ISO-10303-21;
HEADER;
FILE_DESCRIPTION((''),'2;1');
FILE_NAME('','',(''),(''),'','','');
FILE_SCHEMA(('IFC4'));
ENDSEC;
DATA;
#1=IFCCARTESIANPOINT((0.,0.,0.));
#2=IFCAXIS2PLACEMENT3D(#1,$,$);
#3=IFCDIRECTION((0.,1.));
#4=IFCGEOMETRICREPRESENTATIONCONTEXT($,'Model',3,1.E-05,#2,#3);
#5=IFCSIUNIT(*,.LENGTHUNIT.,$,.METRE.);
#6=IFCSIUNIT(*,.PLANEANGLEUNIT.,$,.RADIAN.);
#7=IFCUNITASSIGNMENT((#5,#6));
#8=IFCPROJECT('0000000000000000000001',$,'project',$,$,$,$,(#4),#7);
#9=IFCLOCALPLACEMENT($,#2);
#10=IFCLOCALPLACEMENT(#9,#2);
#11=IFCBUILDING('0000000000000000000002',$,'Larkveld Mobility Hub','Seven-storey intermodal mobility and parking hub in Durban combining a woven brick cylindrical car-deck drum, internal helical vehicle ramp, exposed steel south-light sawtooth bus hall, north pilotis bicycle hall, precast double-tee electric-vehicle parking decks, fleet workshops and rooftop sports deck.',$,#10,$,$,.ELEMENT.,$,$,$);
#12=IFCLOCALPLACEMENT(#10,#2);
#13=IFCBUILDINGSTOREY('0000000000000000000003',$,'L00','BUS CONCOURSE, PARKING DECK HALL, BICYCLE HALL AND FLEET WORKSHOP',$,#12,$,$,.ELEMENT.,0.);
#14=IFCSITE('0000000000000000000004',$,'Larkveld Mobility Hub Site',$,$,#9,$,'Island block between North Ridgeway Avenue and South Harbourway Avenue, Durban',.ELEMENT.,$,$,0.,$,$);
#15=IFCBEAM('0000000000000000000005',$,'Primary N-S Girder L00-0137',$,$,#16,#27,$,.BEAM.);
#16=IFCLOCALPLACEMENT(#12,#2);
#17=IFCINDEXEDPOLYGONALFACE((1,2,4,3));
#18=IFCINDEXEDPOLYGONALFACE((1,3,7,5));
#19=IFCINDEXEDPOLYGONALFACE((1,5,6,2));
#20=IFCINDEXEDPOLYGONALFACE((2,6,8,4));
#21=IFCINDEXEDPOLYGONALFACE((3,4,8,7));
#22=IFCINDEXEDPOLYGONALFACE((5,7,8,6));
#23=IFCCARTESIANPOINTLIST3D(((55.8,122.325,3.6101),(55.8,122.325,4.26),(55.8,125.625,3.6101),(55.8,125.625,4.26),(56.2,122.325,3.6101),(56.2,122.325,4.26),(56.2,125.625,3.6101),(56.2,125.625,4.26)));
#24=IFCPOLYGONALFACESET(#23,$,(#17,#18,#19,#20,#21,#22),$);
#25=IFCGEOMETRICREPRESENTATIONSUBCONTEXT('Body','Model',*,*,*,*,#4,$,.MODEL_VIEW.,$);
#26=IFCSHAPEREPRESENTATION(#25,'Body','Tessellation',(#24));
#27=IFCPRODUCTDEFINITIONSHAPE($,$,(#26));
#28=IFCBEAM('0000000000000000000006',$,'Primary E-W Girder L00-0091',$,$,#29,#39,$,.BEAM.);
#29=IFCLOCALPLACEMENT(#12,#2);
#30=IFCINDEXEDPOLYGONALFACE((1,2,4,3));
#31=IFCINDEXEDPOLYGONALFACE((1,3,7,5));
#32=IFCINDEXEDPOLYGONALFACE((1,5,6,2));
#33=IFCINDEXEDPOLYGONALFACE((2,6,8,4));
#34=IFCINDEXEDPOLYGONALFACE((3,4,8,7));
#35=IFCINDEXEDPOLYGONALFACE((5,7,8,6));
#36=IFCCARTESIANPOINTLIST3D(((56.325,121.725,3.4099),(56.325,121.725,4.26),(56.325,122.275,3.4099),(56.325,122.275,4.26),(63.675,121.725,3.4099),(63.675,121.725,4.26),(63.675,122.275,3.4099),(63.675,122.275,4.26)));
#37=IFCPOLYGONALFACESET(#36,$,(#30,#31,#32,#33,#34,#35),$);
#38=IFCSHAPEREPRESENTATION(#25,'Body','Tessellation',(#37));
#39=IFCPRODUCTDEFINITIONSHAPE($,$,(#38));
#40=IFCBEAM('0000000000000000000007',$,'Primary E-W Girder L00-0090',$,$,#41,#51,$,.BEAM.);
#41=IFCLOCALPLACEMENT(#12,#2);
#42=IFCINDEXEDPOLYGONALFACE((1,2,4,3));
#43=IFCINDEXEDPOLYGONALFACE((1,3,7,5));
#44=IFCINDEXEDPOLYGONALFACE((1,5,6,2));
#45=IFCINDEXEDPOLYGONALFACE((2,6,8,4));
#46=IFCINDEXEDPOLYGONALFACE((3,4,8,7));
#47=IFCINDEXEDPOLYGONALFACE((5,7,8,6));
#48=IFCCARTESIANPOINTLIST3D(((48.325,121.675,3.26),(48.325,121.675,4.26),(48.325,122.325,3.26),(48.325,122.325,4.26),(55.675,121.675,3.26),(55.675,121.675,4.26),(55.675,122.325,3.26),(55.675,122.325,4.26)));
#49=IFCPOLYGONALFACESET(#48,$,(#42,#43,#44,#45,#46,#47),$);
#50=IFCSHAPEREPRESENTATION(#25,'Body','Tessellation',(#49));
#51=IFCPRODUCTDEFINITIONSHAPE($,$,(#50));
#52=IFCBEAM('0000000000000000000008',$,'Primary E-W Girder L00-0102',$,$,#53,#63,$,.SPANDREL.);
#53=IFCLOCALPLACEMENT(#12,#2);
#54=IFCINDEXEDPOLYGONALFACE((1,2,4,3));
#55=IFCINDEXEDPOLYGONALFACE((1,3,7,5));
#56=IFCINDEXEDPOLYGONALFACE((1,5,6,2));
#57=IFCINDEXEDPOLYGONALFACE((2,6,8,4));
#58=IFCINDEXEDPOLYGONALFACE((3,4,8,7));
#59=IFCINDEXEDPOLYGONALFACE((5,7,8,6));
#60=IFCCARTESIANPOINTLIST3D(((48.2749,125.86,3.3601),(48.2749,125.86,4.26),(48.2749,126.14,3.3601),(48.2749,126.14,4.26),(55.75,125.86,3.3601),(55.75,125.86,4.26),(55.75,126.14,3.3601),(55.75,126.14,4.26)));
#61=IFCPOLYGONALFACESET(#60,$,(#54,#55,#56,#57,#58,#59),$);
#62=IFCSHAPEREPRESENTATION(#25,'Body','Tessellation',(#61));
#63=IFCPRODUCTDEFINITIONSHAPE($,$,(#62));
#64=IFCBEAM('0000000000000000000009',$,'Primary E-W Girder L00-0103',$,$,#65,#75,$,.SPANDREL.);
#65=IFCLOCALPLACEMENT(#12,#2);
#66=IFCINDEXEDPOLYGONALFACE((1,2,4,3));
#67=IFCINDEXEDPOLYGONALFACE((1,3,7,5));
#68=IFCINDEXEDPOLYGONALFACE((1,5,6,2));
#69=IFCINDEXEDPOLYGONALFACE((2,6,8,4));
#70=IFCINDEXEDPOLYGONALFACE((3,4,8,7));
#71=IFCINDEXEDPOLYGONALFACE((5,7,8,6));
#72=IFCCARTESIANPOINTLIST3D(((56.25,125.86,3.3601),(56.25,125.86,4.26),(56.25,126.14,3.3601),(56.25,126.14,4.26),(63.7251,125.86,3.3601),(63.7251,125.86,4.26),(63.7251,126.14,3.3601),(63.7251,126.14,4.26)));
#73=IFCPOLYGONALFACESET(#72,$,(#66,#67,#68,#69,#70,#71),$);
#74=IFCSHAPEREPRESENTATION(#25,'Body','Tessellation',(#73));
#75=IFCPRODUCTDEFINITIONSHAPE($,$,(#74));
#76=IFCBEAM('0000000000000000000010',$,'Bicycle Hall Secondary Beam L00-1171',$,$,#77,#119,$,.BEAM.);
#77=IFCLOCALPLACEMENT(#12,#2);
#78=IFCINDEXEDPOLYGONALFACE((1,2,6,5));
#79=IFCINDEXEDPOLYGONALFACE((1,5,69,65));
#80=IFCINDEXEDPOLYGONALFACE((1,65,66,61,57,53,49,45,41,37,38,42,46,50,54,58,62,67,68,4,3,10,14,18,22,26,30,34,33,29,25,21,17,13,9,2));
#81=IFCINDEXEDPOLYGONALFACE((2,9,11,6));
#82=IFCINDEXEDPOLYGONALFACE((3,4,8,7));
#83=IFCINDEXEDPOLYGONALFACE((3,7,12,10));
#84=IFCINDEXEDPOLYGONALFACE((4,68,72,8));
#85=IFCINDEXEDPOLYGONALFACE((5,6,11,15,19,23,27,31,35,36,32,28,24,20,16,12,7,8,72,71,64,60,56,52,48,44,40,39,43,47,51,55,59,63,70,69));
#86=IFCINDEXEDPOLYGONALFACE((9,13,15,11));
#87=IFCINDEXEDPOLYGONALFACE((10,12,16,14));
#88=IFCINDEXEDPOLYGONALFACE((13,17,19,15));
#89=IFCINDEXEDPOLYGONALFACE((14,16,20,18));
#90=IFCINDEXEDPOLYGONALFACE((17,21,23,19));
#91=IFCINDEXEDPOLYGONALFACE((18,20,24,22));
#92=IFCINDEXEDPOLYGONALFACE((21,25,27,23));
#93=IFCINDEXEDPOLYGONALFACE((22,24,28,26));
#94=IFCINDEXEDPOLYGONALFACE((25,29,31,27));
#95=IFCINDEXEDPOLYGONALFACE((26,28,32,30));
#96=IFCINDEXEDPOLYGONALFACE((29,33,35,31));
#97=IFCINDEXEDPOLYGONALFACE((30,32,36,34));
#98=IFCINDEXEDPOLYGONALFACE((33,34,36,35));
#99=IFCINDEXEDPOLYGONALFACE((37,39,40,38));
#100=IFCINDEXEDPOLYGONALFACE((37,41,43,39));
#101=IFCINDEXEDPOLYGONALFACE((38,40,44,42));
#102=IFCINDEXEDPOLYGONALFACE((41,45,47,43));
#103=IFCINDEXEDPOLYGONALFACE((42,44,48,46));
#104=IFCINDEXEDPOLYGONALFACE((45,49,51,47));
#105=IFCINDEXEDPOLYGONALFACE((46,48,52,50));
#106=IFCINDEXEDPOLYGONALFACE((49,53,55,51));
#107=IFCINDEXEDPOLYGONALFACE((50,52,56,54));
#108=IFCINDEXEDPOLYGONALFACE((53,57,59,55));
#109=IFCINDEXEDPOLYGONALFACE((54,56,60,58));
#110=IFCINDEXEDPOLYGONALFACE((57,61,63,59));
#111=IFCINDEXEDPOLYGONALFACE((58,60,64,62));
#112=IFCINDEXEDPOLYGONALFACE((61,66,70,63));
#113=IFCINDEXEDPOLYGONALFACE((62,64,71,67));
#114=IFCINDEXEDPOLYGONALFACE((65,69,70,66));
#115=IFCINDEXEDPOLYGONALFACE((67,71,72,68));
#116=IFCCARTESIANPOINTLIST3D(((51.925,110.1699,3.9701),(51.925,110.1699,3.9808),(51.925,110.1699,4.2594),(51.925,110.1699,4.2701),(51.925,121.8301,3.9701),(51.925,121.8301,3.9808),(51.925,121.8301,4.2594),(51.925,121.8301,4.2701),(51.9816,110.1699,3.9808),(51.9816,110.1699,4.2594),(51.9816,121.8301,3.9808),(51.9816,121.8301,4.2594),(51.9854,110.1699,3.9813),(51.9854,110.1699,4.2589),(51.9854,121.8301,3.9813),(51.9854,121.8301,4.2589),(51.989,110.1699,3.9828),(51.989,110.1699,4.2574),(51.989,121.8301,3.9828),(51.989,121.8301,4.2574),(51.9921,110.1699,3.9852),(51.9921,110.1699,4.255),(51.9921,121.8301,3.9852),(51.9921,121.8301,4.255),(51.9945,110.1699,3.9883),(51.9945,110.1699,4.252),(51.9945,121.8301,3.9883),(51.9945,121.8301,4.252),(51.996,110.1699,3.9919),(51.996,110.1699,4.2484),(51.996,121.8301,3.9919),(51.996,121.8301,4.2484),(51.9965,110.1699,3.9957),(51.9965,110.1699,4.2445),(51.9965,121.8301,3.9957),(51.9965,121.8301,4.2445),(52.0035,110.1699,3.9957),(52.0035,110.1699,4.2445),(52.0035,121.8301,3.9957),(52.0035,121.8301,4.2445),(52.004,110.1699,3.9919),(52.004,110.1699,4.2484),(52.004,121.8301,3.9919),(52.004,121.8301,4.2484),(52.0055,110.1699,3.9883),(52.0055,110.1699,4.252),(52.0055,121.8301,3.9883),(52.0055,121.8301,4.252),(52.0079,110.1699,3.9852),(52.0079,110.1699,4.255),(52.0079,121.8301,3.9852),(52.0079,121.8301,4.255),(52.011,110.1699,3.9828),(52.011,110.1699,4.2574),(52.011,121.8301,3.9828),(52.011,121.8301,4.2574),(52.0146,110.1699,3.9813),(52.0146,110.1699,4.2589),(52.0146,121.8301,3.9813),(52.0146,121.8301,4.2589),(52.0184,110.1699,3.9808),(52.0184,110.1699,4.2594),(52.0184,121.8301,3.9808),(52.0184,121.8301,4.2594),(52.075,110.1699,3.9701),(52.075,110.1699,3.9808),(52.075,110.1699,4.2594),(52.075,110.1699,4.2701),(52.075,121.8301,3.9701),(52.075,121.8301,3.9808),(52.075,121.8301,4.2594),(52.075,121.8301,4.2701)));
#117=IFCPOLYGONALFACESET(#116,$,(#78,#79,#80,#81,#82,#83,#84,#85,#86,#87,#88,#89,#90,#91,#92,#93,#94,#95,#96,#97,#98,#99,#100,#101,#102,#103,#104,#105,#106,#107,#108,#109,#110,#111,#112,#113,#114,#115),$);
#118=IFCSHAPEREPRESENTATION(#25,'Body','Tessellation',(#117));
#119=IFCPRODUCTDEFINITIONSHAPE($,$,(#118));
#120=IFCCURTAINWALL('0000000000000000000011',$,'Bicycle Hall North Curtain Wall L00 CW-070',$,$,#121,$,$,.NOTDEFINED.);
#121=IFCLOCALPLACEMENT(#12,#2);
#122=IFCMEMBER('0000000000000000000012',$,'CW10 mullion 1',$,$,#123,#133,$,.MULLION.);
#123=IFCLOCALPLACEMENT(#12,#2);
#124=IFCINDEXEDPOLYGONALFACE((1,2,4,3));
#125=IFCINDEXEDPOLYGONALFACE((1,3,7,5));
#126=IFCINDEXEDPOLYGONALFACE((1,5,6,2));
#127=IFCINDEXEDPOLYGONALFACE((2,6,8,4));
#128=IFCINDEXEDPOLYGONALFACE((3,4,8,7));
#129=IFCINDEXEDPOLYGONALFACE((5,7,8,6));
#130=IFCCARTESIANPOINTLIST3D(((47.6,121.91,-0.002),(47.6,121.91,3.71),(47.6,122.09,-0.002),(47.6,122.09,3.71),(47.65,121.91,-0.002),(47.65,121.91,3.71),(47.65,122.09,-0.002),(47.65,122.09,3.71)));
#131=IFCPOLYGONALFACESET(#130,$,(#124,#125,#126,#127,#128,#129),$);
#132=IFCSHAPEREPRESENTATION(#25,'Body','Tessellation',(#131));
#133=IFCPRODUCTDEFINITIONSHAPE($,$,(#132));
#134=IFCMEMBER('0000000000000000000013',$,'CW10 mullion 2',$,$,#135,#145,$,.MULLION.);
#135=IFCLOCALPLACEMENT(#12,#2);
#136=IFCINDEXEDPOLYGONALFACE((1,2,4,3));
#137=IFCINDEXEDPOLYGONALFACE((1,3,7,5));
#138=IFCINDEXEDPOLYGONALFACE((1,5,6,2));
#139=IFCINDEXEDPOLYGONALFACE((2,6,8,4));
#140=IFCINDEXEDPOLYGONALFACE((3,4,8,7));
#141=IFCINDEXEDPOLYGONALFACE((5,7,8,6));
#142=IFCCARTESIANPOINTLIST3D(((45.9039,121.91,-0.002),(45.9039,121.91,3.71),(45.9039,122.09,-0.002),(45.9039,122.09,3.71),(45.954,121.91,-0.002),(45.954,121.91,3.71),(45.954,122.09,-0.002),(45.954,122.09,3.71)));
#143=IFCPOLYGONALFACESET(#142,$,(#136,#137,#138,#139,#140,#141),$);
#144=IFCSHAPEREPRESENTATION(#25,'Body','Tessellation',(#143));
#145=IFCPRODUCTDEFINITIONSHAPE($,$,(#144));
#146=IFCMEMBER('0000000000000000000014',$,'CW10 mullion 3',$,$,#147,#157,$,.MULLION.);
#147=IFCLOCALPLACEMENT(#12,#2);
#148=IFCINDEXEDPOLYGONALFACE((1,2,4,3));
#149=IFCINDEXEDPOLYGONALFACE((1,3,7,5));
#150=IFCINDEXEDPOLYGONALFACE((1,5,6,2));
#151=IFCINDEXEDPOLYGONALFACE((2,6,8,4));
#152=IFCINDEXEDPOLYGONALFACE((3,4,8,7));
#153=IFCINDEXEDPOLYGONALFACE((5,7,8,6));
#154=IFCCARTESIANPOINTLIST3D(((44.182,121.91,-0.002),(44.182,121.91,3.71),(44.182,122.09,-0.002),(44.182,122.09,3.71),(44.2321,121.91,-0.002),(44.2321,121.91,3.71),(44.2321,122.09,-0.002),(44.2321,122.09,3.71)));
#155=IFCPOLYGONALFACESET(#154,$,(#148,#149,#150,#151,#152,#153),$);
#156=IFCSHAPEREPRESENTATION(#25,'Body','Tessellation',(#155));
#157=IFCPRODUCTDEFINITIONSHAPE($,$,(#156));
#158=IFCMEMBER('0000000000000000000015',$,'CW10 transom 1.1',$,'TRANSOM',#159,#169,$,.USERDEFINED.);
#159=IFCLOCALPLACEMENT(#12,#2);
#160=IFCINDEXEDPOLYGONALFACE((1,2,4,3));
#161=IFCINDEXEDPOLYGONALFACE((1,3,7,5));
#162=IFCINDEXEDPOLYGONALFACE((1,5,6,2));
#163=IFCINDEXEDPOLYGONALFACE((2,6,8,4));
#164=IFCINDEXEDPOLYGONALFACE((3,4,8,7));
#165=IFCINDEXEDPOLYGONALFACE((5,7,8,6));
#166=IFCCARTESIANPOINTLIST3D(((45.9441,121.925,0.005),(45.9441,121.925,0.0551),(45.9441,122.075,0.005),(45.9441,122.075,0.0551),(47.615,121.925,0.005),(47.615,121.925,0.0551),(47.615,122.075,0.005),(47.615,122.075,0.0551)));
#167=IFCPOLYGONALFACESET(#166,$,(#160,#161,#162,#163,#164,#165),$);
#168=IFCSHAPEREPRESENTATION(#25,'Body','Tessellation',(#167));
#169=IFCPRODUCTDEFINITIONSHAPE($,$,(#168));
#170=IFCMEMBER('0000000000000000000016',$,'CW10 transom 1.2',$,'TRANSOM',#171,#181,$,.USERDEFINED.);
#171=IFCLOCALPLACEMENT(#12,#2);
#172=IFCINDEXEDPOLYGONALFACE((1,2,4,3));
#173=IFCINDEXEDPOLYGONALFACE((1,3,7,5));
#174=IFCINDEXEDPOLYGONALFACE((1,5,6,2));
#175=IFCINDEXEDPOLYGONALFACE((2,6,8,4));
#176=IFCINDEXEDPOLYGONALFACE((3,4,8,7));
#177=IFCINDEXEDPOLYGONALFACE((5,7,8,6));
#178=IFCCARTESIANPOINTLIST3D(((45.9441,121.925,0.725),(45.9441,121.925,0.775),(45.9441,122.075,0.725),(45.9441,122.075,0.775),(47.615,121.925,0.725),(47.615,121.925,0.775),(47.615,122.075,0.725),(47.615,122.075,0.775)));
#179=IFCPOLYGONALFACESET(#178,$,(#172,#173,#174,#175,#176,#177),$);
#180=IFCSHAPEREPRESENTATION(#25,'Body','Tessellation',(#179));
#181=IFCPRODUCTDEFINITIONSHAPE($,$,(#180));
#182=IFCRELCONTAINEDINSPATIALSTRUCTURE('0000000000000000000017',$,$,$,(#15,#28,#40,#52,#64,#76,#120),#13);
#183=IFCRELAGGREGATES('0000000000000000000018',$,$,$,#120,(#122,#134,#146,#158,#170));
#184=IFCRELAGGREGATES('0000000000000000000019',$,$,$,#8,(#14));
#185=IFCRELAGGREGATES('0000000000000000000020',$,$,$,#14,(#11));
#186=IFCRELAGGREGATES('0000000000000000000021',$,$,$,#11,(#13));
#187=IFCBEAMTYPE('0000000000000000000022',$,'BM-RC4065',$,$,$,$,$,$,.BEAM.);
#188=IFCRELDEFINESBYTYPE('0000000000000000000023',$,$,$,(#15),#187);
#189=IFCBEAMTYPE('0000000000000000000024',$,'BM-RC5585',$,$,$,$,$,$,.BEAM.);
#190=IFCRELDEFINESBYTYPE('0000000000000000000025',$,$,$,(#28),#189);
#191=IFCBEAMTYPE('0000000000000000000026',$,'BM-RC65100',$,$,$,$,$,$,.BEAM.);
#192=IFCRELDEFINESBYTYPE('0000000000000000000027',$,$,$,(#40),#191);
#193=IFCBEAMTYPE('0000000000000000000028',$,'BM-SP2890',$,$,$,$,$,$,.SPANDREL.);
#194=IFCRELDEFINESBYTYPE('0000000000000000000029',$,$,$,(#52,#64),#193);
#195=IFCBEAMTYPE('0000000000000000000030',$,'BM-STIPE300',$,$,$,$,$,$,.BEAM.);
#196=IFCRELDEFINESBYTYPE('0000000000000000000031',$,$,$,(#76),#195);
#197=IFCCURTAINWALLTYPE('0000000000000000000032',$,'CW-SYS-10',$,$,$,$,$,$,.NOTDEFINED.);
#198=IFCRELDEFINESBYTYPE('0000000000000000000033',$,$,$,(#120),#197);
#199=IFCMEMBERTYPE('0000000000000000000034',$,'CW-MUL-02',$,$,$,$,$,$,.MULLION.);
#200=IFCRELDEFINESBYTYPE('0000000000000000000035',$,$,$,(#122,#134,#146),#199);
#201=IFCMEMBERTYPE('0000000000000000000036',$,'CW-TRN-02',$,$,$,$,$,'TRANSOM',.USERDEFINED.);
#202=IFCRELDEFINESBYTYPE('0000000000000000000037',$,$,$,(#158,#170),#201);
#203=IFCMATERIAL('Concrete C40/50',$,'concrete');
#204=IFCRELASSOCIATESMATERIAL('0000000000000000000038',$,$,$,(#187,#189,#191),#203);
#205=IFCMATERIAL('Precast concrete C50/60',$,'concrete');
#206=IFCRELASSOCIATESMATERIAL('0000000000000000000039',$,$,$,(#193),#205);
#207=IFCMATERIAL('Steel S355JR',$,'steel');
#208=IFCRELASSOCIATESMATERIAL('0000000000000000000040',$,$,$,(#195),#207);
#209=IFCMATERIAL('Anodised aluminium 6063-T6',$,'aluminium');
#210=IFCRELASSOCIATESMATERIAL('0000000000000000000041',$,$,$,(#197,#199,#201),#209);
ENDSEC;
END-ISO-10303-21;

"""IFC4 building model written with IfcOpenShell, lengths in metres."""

from ifc_helpers import new_model, si_unit, direction, frame, origin, origin_2d, place, context, subcontext, project, spatial, rectangle, i_section, extrude, material, material_profile, profile_set, type_object, element, aggregate, save


model = new_model("IFC4")

# Units and contexts
model_context = context("Model", 3, precision=1e-05, world=origin(), true_north=direction((0.0, 1.0)))
body_context = subcontext(model_context, "Body", "Model", "MODEL_VIEW")
ifc_project = project(units=[si_unit("LENGTHUNIT", "METRE"), si_unit("PLANEANGLEUNIT", "RADIAN")], contexts=[model_context])

# Site, building, storey
site_placement = place(None, origin())
site = spatial("IfcSite", under=ifc_project, at=site_placement, Name="Larkveld Mobility Hub Site", LongName="Island block between North Ridgeway Avenue and South Harbourway Avenue, Durban", CompositionType="ELEMENT", RefElevation=0.0)
building_placement = place(site_placement, origin())
building = spatial("IfcBuilding", under=site, at=building_placement, Name="Larkveld Mobility Hub", Description="Seven-storey intermodal mobility and parking hub in Durban combining a woven brick cylindrical car-deck drum, internal helical vehicle ramp, exposed steel south-light sawtooth bus hall, north pilotis bicycle hall, precast double-tee electric-vehicle parking decks, fleet workshops and rooftop sports deck.", CompositionType="ELEMENT")
storey_placement = place(building_placement, origin())
storey = spatial("IfcBuildingStorey", under=building, at=storey_placement, Name="L00", Description="BUS CONCOURSE, PARKING DECK HALL, BICYCLE HALL AND FLEET WORKSHOP", CompositionType="ELEMENT", Elevation=0.0)

# Shared definitions
ifc_material_1 = material(Name="Precast concrete C50/60", Category="concrete")
ifc_material_2 = material(Name="Concrete C40/50", Category="concrete")

# Beams
ifc_material_profile_1 = material_profile(ifc_material_2, rectangle(XDim=0.3999, YDim=0.6499, at=origin_2d()), Name="RC BM 400x650")
ifc_profile_set_1 = profile_set([ifc_material_profile_1], Name="Concrete C40/50")
beam_type_1 = type_object("IfcBeamType", Name="BM-RC4065", PredefinedType="BEAM", material=ifc_profile_set_1)
beam_1_placement = place(storey_placement, frame((56.0, 122.325, 3.9351), z_axis=(0.0, 1.0, 0.0), x_axis=(-1.0, 0.0, 0.0)))
element("IfcBeam", 1, at=beam_1_placement, inside=storey, type_object=beam_type_1, Name="Primary N-S Girder L00-0137", PredefinedType="BEAM", context=body_context, shape_type="SweptSolid", body=[
    extrude(rectangle(XDim=0.3999, YDim=0.6499, at=origin_2d()), origin(), (0.0, 0.0, 1.0), 3.3),
])
ifc_material_profile_2 = material_profile(ifc_material_2, rectangle(XDim=0.55, YDim=0.8501, at=origin_2d()), Name="RC BM 550x850")
ifc_profile_set_2 = profile_set([ifc_material_profile_2], Name="Concrete C40/50")
beam_type_2 = type_object("IfcBeamType", Name="BM-RC5585", PredefinedType="BEAM", material=ifc_profile_set_2)
beam_2_placement = place(storey_placement, frame((56.325, 122.0, 3.835), z_axis=(1.0, 0.0, 0.0), x_axis=(0.0, 1.0, 0.0)))
element("IfcBeam", 2, at=beam_2_placement, inside=storey, type_object=beam_type_2, Name="Primary E-W Girder L00-0091", PredefinedType="BEAM", context=body_context, shape_type="SweptSolid", body=[
    extrude(rectangle(XDim=0.55, YDim=0.8501, at=origin_2d()), origin(), (0.0, 0.0, 1.0), 7.3501),
])
ifc_material_profile_3 = material_profile(ifc_material_2, rectangle(XDim=0.6499, YDim=1.0, at=origin_2d()), Name="RC BM 650x1000")
ifc_profile_set_3 = profile_set([ifc_material_profile_3], Name="Concrete C40/50")
beam_type_3 = type_object("IfcBeamType", Name="BM-RC65100", PredefinedType="BEAM", material=ifc_profile_set_3)
beam_3_placement = place(storey_placement, frame((48.325, 122.0, 3.76), z_axis=(1.0, 0.0, 0.0), x_axis=(0.0, 1.0, 0.0)))
element("IfcBeam", 3, at=beam_3_placement, inside=storey, type_object=beam_type_3, Name="Primary E-W Girder L00-0090", PredefinedType="BEAM", context=body_context, shape_type="SweptSolid", body=[
    extrude(rectangle(XDim=0.6499, YDim=1.0, at=origin_2d()), origin(), (0.0, 0.0, 1.0), 7.3501),
])
ifc_material_profile_4 = material_profile(ifc_material_1, rectangle(XDim=0.28, YDim=0.8999, at=origin_2d()), Name="PC SP 280x900")
ifc_profile_set_4 = profile_set([ifc_material_profile_4], Name="Precast concrete C50/60")
beam_type_4 = type_object("IfcBeamType", Name="BM-SP2890", PredefinedType="SPANDREL", material=ifc_profile_set_4)
for number, where, z_axis, x_axis, name in (
    (4, (48.2749, 126.0, 3.8101), (1.0, 0.0, 0.0), (0.0, 1.0, 0.0), "Primary E-W Girder L00-0102"),
    (5, (56.25, 126.0, 3.8101), (1.0, 0.0, 0.0), (0.0, 1.0, 0.0), "Primary E-W Girder L00-0103"),
):
    element("IfcBeam", number, at=place(storey_placement, frame(where, z_axis=z_axis, x_axis=x_axis)), inside=storey, type_object=beam_type_4, Name=name, PredefinedType="SPANDREL", context=body_context, shape_type="SweptSolid", body=[
        extrude(rectangle(XDim=0.28, YDim=0.8999, at=origin_2d()), origin(), (0.0, 0.0, 1.0), 7.4751),
    ])
ifc_material_3 = material(Name="Steel S355JR", Category="steel")
ifc_material_profile_5 = material_profile(ifc_material_3, i_section(OverallWidth=0.1499, OverallDepth=0.3, WebThickness=0.0071, FlangeThickness=0.0107, FilletRadius=0.0149, at=origin_2d()), Name="IPE 300")
ifc_profile_set_5 = profile_set([ifc_material_profile_5], Name="Steel S355JR")
beam_type_5 = type_object("IfcBeamType", Name="BM-STIPE300", PredefinedType="BEAM", material=ifc_profile_set_5)
beam_4_placement = place(storey_placement, frame((52.0, 110.1699, 4.1201), z_axis=(0.0, 1.0, 0.0), x_axis=(-1.0, 0.0, 0.0)))
element("IfcBeam", 6, at=beam_4_placement, inside=storey, type_object=beam_type_5, Name="Bicycle Hall Secondary Beam L00-1171", PredefinedType="BEAM", context=body_context, shape_type="SweptSolid", body=[
    extrude(i_section(OverallWidth=0.1499, OverallDepth=0.3, WebThickness=0.0071, FlangeThickness=0.0107, FilletRadius=0.0149, at=origin_2d()), origin(), (0.0, 0.0, 1.0), 11.6602),
])

# Curtain wall, members
ifc_material_4 = material(Name="Anodised aluminium 6063-T6", Category="aluminium")
curtain_wall_type = type_object("IfcCurtainWallType", Name="CW-SYS-10", PredefinedType="NOTDEFINED", material=ifc_material_4)
curtain_wall_placement = place(storey_placement, origin())
curtain_wall = element("IfcCurtainWall", 7, at=curtain_wall_placement, inside=storey, type_object=curtain_wall_type, Name="Bicycle Hall North Curtain Wall L00 CW-070", PredefinedType="NOTDEFINED")
ifc_material_profile_6 = material_profile(ifc_material_4, rectangle(XDim=0.05, YDim=0.1799, at=origin_2d()), Name="ALU MULL 50x180")
ifc_profile_set_6 = profile_set([ifc_material_profile_6], Name="Anodised aluminium 6063-T6")
member_type_1 = type_object("IfcMemberType", Name="CW-MUL-02", PredefinedType="MULLION", material=ifc_profile_set_6)
member_1_placement = place(storey_placement, frame((47.625, 122.0, -0.002), z_axis=(0.0, 0.0, 1.0), x_axis=(-1.0, 0.0, 0.0)))
member_1 = element("IfcMember", 8, at=member_1_placement, type_object=member_type_1, Name="CW10 mullion 1", PredefinedType="MULLION", context=body_context, shape_type="SweptSolid", body=[
    extrude(rectangle(XDim=0.05, YDim=0.1799, at=origin_2d()), origin(), (0.0, 0.0, 1.0), 3.7119),
])
member_2_placement = place(storey_placement, frame((45.929, 122.0, -0.002), z_axis=(0.0, 0.0, 1.0), x_axis=(-1.0, 0.0, 0.0)))
member_2 = element("IfcMember", 9, at=member_2_placement, type_object=member_type_1, Name="CW10 mullion 2", PredefinedType="MULLION", context=body_context, shape_type="SweptSolid", body=[
    extrude(rectangle(XDim=0.05, YDim=0.1799, at=origin_2d()), origin(), (0.0, 0.0, 1.0), 3.7119),
])
member_3_placement = place(storey_placement, frame((44.207, 122.0, -0.002), z_axis=(0.0, 0.0, 1.0), x_axis=(-1.0, 0.0, 0.0)))
member_3 = element("IfcMember", 10, at=member_3_placement, type_object=member_type_1, Name="CW10 mullion 3", PredefinedType="MULLION", context=body_context, shape_type="SweptSolid", body=[
    extrude(rectangle(XDim=0.05, YDim=0.1799, at=origin_2d()), origin(), (0.0, 0.0, 1.0), 3.7119),
])
ifc_material_profile_7 = material_profile(ifc_material_4, rectangle(XDim=0.1499, YDim=0.05, at=origin_2d()), Name="ALU TRAN 50x150")
ifc_profile_set_7 = profile_set([ifc_material_profile_7], Name="Anodised aluminium 6063-T6")
member_type_2 = type_object("IfcMemberType", Name="CW-TRN-02", ElementType="TRANSOM", PredefinedType="USERDEFINED", material=ifc_profile_set_7)
member_4_placement = place(storey_placement, frame((47.615, 122.0, 0.03), z_axis=(-1.0, 0.0, 0.0), x_axis=(0.0, -1.0, 0.0)))
member_4 = element("IfcMember", 11, at=member_4_placement, type_object=member_type_2, Name="CW10 transom 1.1", ObjectType="TRANSOM", PredefinedType="USERDEFINED", context=body_context, shape_type="SweptSolid", body=[
    extrude(rectangle(XDim=0.1499, YDim=0.05, at=origin_2d()), origin(), (0.0, 0.0, 1.0), 1.6709),
])
member_5_placement = place(storey_placement, frame((47.615, 122.0, 0.75), z_axis=(-1.0, 0.0, 0.0), x_axis=(0.0, -1.0, 0.0)))
member_5 = element("IfcMember", 12, at=member_5_placement, type_object=member_type_2, Name="CW10 transom 1.2", ObjectType="TRANSOM", PredefinedType="USERDEFINED", context=body_context, shape_type="SweptSolid", body=[
    extrude(rectangle(XDim=0.1499, YDim=0.05, at=origin_2d()), origin(), (0.0, 0.0, 1.0), 1.6709),
])
aggregate(curtain_wall, [member_1, member_2, member_3, member_4, member_5])

save(model, "model.ifc")
